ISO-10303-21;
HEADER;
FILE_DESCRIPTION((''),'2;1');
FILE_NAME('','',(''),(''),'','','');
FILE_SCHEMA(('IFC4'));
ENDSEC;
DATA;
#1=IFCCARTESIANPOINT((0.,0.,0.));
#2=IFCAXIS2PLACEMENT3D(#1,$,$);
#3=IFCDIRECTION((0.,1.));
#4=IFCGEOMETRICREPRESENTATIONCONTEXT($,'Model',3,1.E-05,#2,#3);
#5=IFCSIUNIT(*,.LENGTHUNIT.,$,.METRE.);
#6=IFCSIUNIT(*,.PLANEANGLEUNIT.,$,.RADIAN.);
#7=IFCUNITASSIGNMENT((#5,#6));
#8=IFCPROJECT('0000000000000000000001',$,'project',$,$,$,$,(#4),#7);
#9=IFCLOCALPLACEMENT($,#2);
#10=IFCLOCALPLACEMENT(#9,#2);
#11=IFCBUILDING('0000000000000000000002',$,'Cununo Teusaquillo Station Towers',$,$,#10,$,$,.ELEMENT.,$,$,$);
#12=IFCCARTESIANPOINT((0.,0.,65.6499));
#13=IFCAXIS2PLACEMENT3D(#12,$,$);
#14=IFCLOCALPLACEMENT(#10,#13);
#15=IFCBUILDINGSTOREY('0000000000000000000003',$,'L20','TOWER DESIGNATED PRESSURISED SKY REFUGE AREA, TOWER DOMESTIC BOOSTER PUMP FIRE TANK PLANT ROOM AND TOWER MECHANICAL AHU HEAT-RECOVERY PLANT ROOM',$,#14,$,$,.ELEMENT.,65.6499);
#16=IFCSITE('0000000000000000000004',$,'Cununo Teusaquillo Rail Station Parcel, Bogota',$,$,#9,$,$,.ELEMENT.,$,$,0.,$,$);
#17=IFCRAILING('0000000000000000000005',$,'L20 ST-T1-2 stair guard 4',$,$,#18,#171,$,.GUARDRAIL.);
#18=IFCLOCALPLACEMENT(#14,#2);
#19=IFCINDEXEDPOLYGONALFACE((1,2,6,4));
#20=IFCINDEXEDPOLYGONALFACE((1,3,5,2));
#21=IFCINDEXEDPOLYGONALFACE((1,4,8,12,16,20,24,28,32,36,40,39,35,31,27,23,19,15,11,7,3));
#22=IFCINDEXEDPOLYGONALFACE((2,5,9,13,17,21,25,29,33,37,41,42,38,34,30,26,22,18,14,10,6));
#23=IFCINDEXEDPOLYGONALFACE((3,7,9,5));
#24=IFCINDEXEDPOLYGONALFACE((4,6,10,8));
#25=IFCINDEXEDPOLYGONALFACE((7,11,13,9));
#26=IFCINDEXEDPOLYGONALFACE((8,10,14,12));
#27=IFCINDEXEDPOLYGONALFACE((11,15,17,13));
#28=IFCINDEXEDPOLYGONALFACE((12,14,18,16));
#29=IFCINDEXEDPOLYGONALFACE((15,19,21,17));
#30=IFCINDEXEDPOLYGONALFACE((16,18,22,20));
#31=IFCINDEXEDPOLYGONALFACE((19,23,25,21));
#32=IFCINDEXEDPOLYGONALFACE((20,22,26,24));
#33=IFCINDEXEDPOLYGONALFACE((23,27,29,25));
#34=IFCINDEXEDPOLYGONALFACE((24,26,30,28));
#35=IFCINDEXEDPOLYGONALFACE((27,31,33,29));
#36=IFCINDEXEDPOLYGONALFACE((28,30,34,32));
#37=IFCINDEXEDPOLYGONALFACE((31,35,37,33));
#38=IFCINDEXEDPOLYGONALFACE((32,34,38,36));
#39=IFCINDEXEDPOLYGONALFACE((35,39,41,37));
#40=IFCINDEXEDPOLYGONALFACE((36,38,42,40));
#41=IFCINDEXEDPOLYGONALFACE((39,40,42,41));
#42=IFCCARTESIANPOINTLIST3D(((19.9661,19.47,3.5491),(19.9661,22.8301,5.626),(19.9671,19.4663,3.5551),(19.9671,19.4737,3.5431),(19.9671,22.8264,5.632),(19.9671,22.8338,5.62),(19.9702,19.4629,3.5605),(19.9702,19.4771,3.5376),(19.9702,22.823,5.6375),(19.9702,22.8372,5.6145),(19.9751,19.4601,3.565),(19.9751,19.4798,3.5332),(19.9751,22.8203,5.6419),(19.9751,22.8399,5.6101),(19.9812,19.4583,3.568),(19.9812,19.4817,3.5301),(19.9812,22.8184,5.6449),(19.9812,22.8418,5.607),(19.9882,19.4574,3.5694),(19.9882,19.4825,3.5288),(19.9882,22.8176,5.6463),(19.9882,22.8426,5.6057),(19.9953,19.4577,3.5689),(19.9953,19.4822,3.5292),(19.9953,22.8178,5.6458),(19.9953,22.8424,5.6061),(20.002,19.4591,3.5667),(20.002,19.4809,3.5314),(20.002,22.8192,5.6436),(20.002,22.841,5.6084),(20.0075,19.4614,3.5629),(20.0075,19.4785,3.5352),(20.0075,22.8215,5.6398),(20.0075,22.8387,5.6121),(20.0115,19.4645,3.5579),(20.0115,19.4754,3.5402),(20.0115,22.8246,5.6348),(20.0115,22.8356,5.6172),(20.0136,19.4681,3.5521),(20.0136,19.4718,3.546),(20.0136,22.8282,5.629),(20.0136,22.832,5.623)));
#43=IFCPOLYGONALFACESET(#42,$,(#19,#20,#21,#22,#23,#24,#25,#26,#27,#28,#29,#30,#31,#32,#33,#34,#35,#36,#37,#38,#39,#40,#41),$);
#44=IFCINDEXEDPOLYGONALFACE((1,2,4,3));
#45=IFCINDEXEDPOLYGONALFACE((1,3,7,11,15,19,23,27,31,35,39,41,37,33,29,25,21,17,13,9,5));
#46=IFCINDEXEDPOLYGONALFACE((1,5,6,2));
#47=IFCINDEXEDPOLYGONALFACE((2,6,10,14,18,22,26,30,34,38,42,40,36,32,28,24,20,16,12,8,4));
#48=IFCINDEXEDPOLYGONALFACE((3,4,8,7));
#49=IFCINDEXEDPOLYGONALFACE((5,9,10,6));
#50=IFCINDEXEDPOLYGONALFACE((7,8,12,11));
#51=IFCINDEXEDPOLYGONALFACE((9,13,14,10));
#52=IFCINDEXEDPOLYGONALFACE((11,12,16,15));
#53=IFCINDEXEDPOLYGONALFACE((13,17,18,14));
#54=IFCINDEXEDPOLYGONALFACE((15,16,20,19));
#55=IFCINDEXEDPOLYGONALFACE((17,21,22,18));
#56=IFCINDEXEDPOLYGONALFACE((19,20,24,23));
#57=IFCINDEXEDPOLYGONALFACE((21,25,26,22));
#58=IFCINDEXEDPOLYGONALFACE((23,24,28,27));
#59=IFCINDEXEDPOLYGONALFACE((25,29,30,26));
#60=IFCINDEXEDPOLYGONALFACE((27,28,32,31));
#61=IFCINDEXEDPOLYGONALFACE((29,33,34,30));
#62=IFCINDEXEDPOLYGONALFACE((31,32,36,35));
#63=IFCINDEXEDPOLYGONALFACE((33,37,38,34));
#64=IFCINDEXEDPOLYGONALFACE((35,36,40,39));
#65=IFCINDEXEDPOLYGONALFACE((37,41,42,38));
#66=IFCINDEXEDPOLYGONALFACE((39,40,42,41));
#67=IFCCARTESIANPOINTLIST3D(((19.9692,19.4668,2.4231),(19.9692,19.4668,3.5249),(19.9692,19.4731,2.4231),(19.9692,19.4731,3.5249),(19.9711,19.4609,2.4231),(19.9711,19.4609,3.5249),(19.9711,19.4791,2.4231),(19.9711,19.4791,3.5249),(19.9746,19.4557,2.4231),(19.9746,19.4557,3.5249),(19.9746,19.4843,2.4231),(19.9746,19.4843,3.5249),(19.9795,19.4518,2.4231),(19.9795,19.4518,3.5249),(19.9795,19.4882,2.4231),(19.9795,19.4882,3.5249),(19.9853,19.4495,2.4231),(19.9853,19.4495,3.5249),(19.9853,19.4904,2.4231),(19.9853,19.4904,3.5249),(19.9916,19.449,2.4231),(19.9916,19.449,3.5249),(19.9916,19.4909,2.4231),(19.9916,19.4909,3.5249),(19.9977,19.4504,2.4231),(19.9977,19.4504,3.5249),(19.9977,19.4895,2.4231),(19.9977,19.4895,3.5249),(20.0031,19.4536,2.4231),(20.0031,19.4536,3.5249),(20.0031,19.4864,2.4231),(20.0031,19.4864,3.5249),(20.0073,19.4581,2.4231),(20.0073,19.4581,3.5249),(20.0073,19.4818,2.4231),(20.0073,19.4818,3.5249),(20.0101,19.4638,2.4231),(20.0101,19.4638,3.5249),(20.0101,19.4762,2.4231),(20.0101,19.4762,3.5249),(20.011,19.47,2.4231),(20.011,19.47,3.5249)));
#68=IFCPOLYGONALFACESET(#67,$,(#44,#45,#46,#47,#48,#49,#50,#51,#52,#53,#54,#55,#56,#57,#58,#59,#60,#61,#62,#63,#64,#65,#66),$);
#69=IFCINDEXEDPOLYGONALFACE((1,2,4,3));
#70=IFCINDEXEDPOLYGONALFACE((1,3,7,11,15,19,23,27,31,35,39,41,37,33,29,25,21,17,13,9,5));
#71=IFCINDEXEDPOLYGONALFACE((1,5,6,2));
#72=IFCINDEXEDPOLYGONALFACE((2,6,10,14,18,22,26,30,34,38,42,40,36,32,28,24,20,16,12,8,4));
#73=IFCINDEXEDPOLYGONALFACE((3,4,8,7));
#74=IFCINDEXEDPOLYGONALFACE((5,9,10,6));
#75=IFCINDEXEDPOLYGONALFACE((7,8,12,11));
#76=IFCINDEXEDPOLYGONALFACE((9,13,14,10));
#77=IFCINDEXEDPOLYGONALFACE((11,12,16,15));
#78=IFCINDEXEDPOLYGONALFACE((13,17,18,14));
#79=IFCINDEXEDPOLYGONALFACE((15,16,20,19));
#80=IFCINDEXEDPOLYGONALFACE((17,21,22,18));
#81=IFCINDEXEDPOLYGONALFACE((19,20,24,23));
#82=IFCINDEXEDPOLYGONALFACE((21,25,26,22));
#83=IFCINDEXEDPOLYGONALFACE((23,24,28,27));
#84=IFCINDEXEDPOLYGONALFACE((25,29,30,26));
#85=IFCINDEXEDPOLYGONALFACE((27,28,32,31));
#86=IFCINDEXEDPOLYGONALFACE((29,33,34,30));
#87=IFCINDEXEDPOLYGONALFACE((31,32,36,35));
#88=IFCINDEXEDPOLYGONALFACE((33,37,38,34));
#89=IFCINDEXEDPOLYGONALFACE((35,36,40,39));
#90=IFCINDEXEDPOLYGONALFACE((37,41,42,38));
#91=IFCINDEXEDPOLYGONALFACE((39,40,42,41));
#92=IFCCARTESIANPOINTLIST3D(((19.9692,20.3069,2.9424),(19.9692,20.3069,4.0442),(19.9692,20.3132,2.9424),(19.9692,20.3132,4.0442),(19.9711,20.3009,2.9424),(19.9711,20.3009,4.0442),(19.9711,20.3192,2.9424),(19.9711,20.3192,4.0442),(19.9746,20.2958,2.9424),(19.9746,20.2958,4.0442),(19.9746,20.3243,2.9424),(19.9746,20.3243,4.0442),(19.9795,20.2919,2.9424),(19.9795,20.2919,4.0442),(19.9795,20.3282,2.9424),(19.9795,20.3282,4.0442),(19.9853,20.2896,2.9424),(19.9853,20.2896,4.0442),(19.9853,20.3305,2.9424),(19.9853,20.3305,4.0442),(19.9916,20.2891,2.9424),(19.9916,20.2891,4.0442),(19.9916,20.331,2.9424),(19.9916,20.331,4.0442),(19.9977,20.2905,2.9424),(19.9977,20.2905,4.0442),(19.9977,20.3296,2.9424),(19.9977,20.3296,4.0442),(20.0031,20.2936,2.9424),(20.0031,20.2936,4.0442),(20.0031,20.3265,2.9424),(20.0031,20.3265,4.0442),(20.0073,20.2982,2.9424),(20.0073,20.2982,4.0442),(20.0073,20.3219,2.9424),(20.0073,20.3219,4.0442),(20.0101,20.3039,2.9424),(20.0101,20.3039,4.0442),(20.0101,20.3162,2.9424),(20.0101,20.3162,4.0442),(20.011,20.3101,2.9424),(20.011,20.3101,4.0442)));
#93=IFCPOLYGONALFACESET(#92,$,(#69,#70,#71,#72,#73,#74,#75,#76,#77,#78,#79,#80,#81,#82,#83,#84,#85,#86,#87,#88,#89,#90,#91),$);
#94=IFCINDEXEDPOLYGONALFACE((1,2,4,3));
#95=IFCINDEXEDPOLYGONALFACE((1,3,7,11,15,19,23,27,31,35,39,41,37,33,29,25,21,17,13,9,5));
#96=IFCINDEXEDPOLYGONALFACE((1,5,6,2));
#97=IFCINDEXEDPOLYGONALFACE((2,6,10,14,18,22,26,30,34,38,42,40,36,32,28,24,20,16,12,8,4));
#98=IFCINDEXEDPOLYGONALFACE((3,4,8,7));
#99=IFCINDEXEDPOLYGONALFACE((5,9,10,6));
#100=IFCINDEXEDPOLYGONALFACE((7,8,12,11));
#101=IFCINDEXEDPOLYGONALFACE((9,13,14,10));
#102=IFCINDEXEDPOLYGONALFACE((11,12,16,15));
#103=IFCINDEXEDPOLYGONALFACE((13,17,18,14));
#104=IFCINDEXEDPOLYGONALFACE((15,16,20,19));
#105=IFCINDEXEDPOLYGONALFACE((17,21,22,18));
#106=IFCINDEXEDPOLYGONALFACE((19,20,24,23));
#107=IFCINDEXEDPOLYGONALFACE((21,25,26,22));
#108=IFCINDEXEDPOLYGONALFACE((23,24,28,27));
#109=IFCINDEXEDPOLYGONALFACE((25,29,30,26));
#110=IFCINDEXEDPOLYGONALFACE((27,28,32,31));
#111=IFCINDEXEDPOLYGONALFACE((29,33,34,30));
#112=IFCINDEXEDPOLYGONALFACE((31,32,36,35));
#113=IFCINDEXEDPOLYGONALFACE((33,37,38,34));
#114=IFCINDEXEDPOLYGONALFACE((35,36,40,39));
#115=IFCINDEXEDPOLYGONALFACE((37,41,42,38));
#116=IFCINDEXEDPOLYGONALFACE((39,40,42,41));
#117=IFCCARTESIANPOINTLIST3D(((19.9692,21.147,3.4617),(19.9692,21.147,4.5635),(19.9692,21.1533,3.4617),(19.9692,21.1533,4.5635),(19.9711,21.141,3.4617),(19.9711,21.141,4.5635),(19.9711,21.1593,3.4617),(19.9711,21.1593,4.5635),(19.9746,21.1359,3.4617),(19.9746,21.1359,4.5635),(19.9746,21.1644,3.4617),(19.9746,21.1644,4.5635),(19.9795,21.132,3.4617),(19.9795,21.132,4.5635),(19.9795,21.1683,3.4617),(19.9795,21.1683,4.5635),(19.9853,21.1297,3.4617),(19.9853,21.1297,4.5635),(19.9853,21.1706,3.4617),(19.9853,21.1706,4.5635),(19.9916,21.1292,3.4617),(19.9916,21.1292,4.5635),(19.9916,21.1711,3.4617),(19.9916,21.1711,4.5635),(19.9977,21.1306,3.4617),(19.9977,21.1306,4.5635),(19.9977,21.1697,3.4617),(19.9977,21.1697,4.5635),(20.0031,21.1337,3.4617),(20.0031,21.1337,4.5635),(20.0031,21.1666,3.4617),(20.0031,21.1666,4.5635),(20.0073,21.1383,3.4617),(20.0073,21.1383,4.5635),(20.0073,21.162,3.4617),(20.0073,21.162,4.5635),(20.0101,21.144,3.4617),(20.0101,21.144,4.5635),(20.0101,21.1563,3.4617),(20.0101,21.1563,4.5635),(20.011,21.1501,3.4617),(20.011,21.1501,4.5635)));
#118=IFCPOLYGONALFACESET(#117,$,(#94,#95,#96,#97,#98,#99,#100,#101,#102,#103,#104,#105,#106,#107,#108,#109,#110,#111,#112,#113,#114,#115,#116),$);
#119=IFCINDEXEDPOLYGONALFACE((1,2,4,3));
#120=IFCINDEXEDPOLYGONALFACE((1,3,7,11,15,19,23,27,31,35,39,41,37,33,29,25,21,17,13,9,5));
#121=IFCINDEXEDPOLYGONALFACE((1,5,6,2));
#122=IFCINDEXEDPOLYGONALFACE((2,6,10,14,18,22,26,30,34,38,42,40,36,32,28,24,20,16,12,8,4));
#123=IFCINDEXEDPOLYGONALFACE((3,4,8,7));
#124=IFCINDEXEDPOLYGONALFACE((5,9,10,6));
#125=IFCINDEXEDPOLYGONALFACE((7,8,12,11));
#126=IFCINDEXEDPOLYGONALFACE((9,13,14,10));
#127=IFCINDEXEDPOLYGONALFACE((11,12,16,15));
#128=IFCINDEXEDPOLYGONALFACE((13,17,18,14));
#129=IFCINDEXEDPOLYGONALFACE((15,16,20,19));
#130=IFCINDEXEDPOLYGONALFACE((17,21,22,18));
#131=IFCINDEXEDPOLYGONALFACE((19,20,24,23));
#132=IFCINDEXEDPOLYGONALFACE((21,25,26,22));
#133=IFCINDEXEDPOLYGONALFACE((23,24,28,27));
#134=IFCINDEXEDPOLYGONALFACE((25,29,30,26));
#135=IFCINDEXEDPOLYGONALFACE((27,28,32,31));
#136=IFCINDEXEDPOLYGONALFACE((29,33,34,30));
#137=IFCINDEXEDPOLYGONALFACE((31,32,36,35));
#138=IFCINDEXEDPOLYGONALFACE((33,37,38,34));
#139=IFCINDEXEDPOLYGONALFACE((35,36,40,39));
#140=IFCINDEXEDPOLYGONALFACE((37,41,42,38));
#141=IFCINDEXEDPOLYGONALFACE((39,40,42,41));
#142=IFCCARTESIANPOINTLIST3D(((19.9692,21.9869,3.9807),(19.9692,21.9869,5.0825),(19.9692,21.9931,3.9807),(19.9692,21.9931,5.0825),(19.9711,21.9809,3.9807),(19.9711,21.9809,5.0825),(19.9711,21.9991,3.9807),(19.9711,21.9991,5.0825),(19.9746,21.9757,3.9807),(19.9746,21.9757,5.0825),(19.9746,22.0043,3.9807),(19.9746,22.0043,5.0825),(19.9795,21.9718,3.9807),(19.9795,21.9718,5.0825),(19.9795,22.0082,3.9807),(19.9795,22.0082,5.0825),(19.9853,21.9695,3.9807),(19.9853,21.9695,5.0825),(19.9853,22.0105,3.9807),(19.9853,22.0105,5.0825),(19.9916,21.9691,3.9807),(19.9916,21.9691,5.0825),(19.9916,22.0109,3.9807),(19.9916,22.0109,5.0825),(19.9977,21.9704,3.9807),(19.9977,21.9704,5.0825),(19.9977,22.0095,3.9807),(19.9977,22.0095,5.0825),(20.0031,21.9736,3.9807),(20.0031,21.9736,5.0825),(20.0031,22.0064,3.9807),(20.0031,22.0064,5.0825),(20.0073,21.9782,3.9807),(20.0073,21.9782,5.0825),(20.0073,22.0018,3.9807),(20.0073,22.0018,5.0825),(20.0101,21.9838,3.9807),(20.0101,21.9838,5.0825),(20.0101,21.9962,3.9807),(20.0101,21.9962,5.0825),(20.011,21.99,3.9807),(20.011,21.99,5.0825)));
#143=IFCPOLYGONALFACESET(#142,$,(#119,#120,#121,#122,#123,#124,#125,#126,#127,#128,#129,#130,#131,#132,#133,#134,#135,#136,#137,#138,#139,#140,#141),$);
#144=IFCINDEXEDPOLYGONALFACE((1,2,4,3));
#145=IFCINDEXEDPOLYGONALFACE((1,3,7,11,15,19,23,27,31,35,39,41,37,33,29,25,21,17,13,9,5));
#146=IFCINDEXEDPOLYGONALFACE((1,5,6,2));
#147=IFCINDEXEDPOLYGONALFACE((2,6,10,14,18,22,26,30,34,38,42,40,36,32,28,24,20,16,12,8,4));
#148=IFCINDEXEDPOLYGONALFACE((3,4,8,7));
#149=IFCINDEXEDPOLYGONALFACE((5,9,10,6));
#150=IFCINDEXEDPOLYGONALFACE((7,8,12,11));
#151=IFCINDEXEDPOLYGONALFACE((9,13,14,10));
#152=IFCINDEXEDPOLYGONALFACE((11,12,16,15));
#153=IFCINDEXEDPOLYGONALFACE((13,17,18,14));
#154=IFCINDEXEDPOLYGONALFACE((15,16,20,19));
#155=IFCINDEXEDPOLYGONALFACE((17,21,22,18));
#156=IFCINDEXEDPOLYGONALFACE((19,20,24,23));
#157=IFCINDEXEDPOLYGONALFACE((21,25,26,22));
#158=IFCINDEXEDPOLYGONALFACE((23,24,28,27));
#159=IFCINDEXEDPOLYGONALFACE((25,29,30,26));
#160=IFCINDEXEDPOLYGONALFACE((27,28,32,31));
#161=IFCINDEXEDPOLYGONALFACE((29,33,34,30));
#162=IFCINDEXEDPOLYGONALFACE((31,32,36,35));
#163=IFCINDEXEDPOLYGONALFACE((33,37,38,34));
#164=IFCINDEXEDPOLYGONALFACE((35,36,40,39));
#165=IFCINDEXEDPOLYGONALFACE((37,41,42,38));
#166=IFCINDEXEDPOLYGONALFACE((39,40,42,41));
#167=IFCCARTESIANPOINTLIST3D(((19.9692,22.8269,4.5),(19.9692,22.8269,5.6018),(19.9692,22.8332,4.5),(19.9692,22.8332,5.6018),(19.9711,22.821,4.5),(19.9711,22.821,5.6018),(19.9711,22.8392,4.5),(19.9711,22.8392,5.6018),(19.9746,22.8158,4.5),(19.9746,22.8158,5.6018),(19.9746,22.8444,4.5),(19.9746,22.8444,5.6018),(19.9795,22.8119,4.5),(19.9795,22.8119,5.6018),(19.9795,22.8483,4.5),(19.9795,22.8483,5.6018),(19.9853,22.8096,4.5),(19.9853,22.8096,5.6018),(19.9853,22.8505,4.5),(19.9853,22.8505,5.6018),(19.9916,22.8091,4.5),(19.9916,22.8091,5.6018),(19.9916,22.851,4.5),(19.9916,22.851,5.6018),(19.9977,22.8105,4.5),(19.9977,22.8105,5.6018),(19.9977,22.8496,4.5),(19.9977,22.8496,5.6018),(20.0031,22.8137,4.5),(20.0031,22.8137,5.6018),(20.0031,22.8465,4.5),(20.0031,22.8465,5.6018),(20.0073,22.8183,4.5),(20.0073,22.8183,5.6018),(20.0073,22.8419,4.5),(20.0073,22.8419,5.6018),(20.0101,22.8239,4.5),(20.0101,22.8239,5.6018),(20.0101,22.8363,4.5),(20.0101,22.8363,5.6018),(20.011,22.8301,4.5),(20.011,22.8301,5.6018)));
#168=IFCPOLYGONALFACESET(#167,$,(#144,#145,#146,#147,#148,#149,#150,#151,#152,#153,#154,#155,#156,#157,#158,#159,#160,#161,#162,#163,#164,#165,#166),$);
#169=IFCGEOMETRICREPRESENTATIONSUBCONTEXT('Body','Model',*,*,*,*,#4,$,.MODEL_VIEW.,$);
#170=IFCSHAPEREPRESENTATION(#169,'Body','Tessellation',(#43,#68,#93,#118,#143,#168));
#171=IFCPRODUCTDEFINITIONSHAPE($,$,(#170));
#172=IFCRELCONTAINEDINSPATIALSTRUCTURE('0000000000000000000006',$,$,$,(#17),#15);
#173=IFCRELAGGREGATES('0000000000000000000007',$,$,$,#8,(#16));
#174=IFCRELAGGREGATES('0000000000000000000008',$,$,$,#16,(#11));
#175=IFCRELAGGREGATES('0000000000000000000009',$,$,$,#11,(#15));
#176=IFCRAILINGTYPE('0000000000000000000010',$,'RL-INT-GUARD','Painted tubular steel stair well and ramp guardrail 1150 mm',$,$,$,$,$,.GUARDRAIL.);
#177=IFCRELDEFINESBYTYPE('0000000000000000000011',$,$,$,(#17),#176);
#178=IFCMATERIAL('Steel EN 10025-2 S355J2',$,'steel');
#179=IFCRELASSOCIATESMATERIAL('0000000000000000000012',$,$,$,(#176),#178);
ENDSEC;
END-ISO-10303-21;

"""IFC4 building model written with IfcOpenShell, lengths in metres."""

from ifc_helpers import new_model, si_unit, direction, frame, origin, origin_2d, place, context, subcontext, project, spatial, circle, extrude, material, type_object, element, save


model = new_model("IFC4")

# Units and contexts
model_context = context("Model", 3, precision=1e-05, world=origin(), true_north=direction((0.0, 1.0)))
body_context = subcontext(model_context, "Body", "Model", "MODEL_VIEW")
ifc_project = project(units=[si_unit("LENGTHUNIT", "METRE"), si_unit("PLANEANGLEUNIT", "RADIAN")], contexts=[model_context])

# Site, building, storey
site_placement = place(None, origin())
site = spatial("IfcSite", under=ifc_project, at=site_placement, Name="Cununo Teusaquillo Rail Station Parcel, Bogota", CompositionType="ELEMENT", RefElevation=0.0)
building_placement = place(site_placement, origin())
building = spatial("IfcBuilding", under=site, at=building_placement, Name="Cununo Teusaquillo Station Towers", CompositionType="ELEMENT")
storey_placement = place(building_placement, frame((0.0, 0.0, 65.6499)))
storey = spatial("IfcBuildingStorey", under=building, at=storey_placement, Name="L20", Description="TOWER DESIGNATED PRESSURISED SKY REFUGE AREA, TOWER DOMESTIC BOOSTER PUMP FIRE TANK PLANT ROOM AND TOWER MECHANICAL AHU HEAT-RECOVERY PLANT ROOM", CompositionType="ELEMENT", Elevation=65.6499)

# Railing
ifc_material_1 = material(Name="Steel EN 10025-2 S355J2", Category="steel")
railing_type_1 = type_object("IfcRailingType", Name="RL-INT-GUARD", Description="Painted tubular steel stair well and ramp guardrail 1150 mm", PredefinedType="GUARDRAIL", material=ifc_material_1)
railing_1_placement = place(storey_placement, frame((19.99, 19.47, 2.4231)))
element("IfcRailing", 1, at=railing_1_placement, inside=storey, type_object=railing_type_1, Name="L20 ST-T1-2 stair guard 4", PredefinedType="GUARDRAIL", context=body_context, shape_type="SweptSolid", body=[
    extrude(circle(Radius=0.0239, at=origin_2d()), frame((0.0, 0.0, 1.126), z_axis=(0.0, 0.850623, 0.525776), x_axis=(-1.0, 0.0, 0.0)), (0.0, 0.0, 1.0), 3.9502),
    extrude(circle(Radius=0.021, at=origin_2d()), origin(), (0.0, 0.0, 1.0), 1.1018),
    extrude(circle(Radius=0.021, at=origin_2d()), frame((0.0, 0.8401, 0.5193)), (0.0, 0.0, 1.0), 1.1018),
    extrude(circle(Radius=0.021, at=origin_2d()), frame((0.0, 1.6802, 1.0386)), (0.0, 0.0, 1.0), 1.1018),
    extrude(circle(Radius=0.021, at=origin_2d()), frame((0.0, 2.52, 1.5576)), (0.0, 0.0, 1.0), 1.1018),
    extrude(circle(Radius=0.021, at=origin_2d()), frame((0.0, 3.3601, 2.0769)), (0.0, 0.0, 1.0), 1.1018),
])

save(model, "model.ifc")
